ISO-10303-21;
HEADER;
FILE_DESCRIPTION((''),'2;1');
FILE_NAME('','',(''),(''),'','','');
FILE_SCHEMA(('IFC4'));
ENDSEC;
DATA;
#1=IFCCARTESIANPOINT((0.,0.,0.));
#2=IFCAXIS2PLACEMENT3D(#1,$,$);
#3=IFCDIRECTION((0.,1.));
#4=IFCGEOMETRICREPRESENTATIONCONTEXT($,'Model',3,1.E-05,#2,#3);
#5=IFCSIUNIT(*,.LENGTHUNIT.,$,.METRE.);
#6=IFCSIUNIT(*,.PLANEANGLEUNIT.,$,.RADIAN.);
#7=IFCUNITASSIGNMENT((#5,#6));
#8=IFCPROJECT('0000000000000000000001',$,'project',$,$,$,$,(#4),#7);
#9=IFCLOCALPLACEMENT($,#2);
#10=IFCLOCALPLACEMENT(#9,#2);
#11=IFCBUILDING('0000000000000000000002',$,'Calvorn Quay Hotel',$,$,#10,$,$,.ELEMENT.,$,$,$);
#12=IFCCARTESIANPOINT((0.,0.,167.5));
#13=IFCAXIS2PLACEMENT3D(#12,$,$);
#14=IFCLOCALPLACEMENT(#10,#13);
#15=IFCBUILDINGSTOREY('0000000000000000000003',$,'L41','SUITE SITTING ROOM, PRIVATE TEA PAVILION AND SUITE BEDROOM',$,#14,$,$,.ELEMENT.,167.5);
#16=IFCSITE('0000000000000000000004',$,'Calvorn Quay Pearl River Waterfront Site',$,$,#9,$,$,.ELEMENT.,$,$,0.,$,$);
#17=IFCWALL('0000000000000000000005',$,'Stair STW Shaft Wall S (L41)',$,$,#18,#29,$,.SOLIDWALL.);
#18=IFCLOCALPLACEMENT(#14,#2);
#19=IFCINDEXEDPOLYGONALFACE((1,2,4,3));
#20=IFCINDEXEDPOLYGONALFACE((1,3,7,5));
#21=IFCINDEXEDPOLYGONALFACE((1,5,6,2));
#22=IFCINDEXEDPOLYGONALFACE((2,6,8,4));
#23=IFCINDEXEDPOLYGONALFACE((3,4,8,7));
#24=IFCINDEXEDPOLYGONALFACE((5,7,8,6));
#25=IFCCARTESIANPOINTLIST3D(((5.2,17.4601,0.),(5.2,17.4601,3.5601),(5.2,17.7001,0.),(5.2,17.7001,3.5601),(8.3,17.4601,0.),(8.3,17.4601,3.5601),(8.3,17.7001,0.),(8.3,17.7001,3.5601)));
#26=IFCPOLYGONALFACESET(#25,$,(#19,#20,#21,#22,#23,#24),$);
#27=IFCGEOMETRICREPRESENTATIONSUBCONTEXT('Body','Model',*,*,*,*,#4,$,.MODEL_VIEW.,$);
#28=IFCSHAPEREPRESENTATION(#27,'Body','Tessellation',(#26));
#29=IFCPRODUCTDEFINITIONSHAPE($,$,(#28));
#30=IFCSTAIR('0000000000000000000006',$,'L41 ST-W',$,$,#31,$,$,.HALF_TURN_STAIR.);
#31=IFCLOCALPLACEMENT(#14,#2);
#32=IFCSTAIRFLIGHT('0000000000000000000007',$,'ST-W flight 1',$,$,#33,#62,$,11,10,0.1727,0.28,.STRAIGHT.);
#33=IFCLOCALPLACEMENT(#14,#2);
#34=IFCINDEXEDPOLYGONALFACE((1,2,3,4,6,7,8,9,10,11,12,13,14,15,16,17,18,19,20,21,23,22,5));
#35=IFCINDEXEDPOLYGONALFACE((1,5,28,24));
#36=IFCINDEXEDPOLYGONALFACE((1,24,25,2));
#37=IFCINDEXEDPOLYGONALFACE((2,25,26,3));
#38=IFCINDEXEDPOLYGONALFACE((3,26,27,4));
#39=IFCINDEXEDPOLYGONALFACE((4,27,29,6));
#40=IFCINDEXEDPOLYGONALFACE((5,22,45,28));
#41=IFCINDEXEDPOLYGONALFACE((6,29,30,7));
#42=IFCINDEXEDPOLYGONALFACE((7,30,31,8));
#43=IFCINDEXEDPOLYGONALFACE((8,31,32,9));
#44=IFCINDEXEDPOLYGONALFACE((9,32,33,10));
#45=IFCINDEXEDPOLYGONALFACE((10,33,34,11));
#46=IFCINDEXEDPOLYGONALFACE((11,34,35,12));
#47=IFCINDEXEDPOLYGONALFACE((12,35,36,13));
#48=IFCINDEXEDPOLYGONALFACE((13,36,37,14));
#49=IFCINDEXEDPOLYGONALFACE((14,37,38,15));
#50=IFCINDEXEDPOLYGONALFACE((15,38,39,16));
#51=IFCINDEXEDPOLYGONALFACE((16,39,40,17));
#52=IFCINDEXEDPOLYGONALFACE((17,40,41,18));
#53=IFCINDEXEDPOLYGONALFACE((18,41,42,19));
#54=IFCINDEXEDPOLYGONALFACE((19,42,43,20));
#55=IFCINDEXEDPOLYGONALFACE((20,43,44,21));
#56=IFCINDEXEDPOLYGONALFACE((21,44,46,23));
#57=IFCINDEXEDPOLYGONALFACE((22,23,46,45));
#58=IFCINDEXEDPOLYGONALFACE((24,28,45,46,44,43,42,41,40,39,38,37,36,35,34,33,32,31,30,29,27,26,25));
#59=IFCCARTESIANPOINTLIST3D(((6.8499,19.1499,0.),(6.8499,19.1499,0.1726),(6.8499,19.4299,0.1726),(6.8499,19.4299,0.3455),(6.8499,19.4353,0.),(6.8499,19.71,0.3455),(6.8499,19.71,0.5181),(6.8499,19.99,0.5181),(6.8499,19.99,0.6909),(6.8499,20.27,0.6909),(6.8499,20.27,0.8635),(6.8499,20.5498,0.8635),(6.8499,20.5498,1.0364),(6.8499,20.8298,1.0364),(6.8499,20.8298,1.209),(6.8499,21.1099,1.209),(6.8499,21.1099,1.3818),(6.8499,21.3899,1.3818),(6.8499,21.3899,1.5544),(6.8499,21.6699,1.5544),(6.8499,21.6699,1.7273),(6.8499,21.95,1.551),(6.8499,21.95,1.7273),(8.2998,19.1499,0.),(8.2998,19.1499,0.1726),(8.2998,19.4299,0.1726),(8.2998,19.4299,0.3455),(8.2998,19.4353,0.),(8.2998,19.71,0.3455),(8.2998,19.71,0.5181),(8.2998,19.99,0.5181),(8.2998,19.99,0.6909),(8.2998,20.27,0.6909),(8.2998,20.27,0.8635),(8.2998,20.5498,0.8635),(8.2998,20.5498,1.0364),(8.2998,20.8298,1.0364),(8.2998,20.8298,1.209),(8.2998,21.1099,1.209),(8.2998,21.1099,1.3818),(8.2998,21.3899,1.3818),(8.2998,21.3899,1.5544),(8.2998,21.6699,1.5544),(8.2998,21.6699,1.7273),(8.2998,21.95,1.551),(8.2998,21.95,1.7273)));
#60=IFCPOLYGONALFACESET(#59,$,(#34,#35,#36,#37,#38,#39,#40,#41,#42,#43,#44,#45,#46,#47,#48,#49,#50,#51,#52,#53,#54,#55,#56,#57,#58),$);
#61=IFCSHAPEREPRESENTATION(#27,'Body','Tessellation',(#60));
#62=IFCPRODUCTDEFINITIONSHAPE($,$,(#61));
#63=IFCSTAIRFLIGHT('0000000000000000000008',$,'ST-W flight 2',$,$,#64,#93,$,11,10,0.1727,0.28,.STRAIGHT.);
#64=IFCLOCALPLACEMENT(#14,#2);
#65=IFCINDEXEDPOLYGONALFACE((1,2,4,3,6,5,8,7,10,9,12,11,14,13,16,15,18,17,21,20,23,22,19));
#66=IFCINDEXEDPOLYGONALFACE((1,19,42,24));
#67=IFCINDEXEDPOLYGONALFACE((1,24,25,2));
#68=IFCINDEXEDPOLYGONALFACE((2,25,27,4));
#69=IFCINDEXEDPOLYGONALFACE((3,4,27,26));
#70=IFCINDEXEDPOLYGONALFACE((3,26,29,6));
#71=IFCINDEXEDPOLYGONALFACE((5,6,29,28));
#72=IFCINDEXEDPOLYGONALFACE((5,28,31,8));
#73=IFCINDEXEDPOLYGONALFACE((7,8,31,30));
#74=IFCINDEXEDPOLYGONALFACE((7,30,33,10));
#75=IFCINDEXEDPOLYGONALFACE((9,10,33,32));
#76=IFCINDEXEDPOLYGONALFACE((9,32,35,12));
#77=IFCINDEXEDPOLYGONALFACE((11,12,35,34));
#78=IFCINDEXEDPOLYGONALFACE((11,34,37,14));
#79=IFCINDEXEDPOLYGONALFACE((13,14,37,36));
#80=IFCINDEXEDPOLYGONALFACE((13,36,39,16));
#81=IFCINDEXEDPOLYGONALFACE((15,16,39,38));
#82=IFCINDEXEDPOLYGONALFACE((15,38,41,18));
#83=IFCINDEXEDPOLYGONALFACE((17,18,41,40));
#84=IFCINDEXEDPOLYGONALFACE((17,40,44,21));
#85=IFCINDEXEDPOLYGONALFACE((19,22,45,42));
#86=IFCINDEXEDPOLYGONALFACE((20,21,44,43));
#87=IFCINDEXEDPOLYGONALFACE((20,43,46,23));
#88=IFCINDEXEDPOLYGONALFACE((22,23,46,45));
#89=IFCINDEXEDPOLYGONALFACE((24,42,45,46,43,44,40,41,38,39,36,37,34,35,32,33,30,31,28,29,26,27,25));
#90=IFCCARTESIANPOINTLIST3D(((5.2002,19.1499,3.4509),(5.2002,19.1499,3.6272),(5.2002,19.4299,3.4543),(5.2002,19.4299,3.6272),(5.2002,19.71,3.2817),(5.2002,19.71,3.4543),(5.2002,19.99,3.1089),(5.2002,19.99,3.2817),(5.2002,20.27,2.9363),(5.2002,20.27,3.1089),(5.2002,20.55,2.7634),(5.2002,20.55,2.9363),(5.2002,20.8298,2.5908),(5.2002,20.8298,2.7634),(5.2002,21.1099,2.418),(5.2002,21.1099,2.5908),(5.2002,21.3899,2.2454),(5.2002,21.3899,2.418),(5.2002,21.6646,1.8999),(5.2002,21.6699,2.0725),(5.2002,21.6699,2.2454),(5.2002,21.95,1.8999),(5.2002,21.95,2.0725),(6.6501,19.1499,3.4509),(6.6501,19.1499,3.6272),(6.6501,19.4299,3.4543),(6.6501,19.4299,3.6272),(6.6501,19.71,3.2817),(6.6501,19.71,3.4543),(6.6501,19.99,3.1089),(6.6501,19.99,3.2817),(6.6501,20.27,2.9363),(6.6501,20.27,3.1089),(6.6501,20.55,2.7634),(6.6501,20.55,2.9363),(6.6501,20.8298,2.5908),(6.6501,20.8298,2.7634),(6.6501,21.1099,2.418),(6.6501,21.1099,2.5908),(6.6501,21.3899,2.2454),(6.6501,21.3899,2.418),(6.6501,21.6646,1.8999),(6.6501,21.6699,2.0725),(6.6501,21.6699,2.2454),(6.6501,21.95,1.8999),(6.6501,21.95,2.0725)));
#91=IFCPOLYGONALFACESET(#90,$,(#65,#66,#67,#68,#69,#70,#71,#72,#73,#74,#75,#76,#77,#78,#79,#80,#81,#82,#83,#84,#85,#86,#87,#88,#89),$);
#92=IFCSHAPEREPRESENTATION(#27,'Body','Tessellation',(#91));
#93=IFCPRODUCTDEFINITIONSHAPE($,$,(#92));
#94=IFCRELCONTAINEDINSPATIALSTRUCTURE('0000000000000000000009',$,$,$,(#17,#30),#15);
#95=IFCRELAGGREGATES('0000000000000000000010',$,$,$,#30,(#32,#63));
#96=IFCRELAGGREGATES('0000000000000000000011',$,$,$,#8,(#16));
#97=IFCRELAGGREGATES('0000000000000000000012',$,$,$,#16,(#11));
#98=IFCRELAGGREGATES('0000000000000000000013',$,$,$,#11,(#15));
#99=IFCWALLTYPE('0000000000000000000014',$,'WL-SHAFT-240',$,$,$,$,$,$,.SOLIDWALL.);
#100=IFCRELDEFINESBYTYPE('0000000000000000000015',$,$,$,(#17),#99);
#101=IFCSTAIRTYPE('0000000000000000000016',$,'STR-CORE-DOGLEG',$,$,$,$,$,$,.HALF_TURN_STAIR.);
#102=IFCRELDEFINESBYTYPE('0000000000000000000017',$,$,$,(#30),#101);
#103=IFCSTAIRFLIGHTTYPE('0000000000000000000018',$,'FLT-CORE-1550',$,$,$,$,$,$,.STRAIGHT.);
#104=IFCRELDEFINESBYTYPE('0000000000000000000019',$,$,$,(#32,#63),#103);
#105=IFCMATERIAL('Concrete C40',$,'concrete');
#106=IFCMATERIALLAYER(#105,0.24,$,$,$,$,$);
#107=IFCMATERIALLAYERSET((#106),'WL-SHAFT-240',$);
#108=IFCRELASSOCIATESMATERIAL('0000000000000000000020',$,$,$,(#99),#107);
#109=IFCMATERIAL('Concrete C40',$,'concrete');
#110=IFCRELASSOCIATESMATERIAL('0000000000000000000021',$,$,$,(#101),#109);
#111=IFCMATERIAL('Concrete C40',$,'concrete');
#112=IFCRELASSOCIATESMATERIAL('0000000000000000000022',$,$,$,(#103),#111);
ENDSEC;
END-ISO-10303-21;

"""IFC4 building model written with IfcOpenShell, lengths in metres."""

from ifc_helpers import new_model, si_unit, direction, frame, frame_2d, origin, place, context, subcontext, project, spatial, polyline, rectangle, outline, extrude, material, layer, layer_set, type_object, element, aggregate, save


model = new_model("IFC4")

# Units and contexts
model_context = context("Model", 3, precision=1e-05, world=origin(), true_north=direction((0.0, 1.0)))
body_context = subcontext(model_context, "Body", "Model", "MODEL_VIEW")
ifc_project = project(units=[si_unit("LENGTHUNIT", "METRE"), si_unit("PLANEANGLEUNIT", "RADIAN")], contexts=[model_context])

# Site, building, storey
site_placement = place(None, origin())
site = spatial("IfcSite", under=ifc_project, at=site_placement, Name="Calvorn Quay Pearl River Waterfront Site", CompositionType="ELEMENT", RefElevation=0.0)
building_placement = place(site_placement, origin())
building = spatial("IfcBuilding", under=site, at=building_placement, Name="Calvorn Quay Hotel", CompositionType="ELEMENT")
storey_placement = place(building_placement, frame((0.0, 0.0, 167.5)))
storey = spatial("IfcBuildingStorey", under=building, at=storey_placement, Name="L41", Description="SUITE SITTING ROOM, PRIVATE TEA PAVILION AND SUITE BEDROOM", CompositionType="ELEMENT", Elevation=167.5)

# Shared definitions
ifc_material_1 = material(Name="Concrete C40", Category="concrete")
ifc_layer_1 = layer(ifc_material_1, 0.24)
ifc_layer_set_1 = layer_set([ifc_layer_1], Name="WL-SHAFT-240")
wall_type_1 = type_object("IfcWallType", Name="WL-SHAFT-240", PredefinedType="SOLIDWALL", material=ifc_layer_set_1)

# Wall
wall_1_placement = place(storey_placement, frame((5.2, 17.5801, 0.0), z_axis=(0.0, 0.0, 1.0), x_axis=(1.0, 0.0, 0.0)))
element("IfcWall", 1, at=wall_1_placement, inside=storey, type_object=wall_type_1, Name="Stair STW Shaft Wall S (L41)", PredefinedType="SOLIDWALL", context=body_context, shape_type="SweptSolid", body=[
    extrude(rectangle(XDim=3.1001, YDim=0.24, at=frame_2d((1.55, 0.0))), origin(), (0.0, 0.0, 1.0), 3.5601),
])

# Stair, stair flights
ifc_material_2 = material(Name="Concrete C40", Category="concrete")
stair_type = type_object("IfcStairType", Name="STR-CORE-DOGLEG", PredefinedType="HALF_TURN_STAIR", material=ifc_material_2)
stair_placement = place(storey_placement, origin())
stair = element("IfcStair", 2, at=stair_placement, inside=storey, type_object=stair_type, Name="L41 ST-W", PredefinedType="HALF_TURN_STAIR")
ifc_material_3 = material(Name="Concrete C40", Category="concrete")
stair_flight_type = type_object("IfcStairFlightType", Name="FLT-CORE-1550", PredefinedType="STRAIGHT", material=ifc_material_3)
stair_flight_1_placement = place(storey_placement, frame((7.575, 19.1499, 0.0), z_axis=(0.0, 0.0, 1.0), x_axis=(0.0, 1.0, 0.0)))
stair_flight_1 = element("IfcStairFlight", 3, at=stair_flight_1_placement, type_object=stair_flight_type, Name="ST-W flight 1", NumberOfRisers=11, NumberOfTreads=10, PredefinedType="STRAIGHT", RiserHeight=0.1727, TreadLength=0.28, context=body_context, shape_type="SweptSolid", body=[
    extrude(outline(polyline([(0.0, 0.0), (0.0, 0.1726), (0.28, 0.1726), (0.28, 0.3455), (0.5601, 0.3455), (0.5601, 0.5181), (0.8401, 0.5181), (0.8401, 0.6909), (1.1201, 0.6909), (1.1201, 0.8635), (1.3999, 0.8635), (1.3999, 1.0364), (1.6799, 1.0364), (1.6799, 1.209), (1.96, 1.209), (1.96, 1.3818), (2.24, 1.3818), (2.24, 1.5544), (2.52, 1.5544), (2.52, 1.7273), (2.8, 1.7273), (2.8, 1.8999), (2.8, 1.551), (0.2854, 0.0), (0.0, 0.0)])), frame((0.0, 0.7251, 0.0), z_axis=(0.0, -1.0, 0.0), x_axis=(1.0, 0.0, 0.0)), (0.0, 0.0, 1.0), 1.45),
])
stair_flight_2_placement = place(storey_placement, frame((5.925, 21.95, 1.8999), z_axis=(0.0, 0.0, 1.0), x_axis=(0.0, -1.0, 0.0)))
stair_flight_2 = element("IfcStairFlight", 4, at=stair_flight_2_placement, type_object=stair_flight_type, Name="ST-W flight 2", NumberOfRisers=11, NumberOfTreads=10, PredefinedType="STRAIGHT", RiserHeight=0.1727, TreadLength=0.28, context=body_context, shape_type="SweptSolid", body=[
    extrude(outline(polyline([(0.0, 0.0), (0.0, 0.1726), (0.28, 0.1726), (0.28, 0.3455), (0.5601, 0.3455), (0.5601, 0.5181), (0.8401, 0.5181), (0.8401, 0.6909), (1.1201, 0.6909), (1.1201, 0.8635), (1.3999, 0.8635), (1.3999, 1.0364), (1.6799, 1.0364), (1.6799, 1.209), (1.96, 1.209), (1.96, 1.3818), (2.24, 1.3818), (2.24, 1.5544), (2.52, 1.5544), (2.52, 1.7273), (2.8, 1.7273), (2.8, 1.8999), (2.8, 1.551), (0.2854, 0.0), (0.0, 0.0)])), frame((0.0, 0.7251, 0.0), z_axis=(0.0, -1.0, 0.0), x_axis=(1.0, 0.0, 0.0)), (0.0, 0.0, 1.0), 1.45),
])
aggregate(stair, [stair_flight_1, stair_flight_2])

save(model, "model.ifc")
